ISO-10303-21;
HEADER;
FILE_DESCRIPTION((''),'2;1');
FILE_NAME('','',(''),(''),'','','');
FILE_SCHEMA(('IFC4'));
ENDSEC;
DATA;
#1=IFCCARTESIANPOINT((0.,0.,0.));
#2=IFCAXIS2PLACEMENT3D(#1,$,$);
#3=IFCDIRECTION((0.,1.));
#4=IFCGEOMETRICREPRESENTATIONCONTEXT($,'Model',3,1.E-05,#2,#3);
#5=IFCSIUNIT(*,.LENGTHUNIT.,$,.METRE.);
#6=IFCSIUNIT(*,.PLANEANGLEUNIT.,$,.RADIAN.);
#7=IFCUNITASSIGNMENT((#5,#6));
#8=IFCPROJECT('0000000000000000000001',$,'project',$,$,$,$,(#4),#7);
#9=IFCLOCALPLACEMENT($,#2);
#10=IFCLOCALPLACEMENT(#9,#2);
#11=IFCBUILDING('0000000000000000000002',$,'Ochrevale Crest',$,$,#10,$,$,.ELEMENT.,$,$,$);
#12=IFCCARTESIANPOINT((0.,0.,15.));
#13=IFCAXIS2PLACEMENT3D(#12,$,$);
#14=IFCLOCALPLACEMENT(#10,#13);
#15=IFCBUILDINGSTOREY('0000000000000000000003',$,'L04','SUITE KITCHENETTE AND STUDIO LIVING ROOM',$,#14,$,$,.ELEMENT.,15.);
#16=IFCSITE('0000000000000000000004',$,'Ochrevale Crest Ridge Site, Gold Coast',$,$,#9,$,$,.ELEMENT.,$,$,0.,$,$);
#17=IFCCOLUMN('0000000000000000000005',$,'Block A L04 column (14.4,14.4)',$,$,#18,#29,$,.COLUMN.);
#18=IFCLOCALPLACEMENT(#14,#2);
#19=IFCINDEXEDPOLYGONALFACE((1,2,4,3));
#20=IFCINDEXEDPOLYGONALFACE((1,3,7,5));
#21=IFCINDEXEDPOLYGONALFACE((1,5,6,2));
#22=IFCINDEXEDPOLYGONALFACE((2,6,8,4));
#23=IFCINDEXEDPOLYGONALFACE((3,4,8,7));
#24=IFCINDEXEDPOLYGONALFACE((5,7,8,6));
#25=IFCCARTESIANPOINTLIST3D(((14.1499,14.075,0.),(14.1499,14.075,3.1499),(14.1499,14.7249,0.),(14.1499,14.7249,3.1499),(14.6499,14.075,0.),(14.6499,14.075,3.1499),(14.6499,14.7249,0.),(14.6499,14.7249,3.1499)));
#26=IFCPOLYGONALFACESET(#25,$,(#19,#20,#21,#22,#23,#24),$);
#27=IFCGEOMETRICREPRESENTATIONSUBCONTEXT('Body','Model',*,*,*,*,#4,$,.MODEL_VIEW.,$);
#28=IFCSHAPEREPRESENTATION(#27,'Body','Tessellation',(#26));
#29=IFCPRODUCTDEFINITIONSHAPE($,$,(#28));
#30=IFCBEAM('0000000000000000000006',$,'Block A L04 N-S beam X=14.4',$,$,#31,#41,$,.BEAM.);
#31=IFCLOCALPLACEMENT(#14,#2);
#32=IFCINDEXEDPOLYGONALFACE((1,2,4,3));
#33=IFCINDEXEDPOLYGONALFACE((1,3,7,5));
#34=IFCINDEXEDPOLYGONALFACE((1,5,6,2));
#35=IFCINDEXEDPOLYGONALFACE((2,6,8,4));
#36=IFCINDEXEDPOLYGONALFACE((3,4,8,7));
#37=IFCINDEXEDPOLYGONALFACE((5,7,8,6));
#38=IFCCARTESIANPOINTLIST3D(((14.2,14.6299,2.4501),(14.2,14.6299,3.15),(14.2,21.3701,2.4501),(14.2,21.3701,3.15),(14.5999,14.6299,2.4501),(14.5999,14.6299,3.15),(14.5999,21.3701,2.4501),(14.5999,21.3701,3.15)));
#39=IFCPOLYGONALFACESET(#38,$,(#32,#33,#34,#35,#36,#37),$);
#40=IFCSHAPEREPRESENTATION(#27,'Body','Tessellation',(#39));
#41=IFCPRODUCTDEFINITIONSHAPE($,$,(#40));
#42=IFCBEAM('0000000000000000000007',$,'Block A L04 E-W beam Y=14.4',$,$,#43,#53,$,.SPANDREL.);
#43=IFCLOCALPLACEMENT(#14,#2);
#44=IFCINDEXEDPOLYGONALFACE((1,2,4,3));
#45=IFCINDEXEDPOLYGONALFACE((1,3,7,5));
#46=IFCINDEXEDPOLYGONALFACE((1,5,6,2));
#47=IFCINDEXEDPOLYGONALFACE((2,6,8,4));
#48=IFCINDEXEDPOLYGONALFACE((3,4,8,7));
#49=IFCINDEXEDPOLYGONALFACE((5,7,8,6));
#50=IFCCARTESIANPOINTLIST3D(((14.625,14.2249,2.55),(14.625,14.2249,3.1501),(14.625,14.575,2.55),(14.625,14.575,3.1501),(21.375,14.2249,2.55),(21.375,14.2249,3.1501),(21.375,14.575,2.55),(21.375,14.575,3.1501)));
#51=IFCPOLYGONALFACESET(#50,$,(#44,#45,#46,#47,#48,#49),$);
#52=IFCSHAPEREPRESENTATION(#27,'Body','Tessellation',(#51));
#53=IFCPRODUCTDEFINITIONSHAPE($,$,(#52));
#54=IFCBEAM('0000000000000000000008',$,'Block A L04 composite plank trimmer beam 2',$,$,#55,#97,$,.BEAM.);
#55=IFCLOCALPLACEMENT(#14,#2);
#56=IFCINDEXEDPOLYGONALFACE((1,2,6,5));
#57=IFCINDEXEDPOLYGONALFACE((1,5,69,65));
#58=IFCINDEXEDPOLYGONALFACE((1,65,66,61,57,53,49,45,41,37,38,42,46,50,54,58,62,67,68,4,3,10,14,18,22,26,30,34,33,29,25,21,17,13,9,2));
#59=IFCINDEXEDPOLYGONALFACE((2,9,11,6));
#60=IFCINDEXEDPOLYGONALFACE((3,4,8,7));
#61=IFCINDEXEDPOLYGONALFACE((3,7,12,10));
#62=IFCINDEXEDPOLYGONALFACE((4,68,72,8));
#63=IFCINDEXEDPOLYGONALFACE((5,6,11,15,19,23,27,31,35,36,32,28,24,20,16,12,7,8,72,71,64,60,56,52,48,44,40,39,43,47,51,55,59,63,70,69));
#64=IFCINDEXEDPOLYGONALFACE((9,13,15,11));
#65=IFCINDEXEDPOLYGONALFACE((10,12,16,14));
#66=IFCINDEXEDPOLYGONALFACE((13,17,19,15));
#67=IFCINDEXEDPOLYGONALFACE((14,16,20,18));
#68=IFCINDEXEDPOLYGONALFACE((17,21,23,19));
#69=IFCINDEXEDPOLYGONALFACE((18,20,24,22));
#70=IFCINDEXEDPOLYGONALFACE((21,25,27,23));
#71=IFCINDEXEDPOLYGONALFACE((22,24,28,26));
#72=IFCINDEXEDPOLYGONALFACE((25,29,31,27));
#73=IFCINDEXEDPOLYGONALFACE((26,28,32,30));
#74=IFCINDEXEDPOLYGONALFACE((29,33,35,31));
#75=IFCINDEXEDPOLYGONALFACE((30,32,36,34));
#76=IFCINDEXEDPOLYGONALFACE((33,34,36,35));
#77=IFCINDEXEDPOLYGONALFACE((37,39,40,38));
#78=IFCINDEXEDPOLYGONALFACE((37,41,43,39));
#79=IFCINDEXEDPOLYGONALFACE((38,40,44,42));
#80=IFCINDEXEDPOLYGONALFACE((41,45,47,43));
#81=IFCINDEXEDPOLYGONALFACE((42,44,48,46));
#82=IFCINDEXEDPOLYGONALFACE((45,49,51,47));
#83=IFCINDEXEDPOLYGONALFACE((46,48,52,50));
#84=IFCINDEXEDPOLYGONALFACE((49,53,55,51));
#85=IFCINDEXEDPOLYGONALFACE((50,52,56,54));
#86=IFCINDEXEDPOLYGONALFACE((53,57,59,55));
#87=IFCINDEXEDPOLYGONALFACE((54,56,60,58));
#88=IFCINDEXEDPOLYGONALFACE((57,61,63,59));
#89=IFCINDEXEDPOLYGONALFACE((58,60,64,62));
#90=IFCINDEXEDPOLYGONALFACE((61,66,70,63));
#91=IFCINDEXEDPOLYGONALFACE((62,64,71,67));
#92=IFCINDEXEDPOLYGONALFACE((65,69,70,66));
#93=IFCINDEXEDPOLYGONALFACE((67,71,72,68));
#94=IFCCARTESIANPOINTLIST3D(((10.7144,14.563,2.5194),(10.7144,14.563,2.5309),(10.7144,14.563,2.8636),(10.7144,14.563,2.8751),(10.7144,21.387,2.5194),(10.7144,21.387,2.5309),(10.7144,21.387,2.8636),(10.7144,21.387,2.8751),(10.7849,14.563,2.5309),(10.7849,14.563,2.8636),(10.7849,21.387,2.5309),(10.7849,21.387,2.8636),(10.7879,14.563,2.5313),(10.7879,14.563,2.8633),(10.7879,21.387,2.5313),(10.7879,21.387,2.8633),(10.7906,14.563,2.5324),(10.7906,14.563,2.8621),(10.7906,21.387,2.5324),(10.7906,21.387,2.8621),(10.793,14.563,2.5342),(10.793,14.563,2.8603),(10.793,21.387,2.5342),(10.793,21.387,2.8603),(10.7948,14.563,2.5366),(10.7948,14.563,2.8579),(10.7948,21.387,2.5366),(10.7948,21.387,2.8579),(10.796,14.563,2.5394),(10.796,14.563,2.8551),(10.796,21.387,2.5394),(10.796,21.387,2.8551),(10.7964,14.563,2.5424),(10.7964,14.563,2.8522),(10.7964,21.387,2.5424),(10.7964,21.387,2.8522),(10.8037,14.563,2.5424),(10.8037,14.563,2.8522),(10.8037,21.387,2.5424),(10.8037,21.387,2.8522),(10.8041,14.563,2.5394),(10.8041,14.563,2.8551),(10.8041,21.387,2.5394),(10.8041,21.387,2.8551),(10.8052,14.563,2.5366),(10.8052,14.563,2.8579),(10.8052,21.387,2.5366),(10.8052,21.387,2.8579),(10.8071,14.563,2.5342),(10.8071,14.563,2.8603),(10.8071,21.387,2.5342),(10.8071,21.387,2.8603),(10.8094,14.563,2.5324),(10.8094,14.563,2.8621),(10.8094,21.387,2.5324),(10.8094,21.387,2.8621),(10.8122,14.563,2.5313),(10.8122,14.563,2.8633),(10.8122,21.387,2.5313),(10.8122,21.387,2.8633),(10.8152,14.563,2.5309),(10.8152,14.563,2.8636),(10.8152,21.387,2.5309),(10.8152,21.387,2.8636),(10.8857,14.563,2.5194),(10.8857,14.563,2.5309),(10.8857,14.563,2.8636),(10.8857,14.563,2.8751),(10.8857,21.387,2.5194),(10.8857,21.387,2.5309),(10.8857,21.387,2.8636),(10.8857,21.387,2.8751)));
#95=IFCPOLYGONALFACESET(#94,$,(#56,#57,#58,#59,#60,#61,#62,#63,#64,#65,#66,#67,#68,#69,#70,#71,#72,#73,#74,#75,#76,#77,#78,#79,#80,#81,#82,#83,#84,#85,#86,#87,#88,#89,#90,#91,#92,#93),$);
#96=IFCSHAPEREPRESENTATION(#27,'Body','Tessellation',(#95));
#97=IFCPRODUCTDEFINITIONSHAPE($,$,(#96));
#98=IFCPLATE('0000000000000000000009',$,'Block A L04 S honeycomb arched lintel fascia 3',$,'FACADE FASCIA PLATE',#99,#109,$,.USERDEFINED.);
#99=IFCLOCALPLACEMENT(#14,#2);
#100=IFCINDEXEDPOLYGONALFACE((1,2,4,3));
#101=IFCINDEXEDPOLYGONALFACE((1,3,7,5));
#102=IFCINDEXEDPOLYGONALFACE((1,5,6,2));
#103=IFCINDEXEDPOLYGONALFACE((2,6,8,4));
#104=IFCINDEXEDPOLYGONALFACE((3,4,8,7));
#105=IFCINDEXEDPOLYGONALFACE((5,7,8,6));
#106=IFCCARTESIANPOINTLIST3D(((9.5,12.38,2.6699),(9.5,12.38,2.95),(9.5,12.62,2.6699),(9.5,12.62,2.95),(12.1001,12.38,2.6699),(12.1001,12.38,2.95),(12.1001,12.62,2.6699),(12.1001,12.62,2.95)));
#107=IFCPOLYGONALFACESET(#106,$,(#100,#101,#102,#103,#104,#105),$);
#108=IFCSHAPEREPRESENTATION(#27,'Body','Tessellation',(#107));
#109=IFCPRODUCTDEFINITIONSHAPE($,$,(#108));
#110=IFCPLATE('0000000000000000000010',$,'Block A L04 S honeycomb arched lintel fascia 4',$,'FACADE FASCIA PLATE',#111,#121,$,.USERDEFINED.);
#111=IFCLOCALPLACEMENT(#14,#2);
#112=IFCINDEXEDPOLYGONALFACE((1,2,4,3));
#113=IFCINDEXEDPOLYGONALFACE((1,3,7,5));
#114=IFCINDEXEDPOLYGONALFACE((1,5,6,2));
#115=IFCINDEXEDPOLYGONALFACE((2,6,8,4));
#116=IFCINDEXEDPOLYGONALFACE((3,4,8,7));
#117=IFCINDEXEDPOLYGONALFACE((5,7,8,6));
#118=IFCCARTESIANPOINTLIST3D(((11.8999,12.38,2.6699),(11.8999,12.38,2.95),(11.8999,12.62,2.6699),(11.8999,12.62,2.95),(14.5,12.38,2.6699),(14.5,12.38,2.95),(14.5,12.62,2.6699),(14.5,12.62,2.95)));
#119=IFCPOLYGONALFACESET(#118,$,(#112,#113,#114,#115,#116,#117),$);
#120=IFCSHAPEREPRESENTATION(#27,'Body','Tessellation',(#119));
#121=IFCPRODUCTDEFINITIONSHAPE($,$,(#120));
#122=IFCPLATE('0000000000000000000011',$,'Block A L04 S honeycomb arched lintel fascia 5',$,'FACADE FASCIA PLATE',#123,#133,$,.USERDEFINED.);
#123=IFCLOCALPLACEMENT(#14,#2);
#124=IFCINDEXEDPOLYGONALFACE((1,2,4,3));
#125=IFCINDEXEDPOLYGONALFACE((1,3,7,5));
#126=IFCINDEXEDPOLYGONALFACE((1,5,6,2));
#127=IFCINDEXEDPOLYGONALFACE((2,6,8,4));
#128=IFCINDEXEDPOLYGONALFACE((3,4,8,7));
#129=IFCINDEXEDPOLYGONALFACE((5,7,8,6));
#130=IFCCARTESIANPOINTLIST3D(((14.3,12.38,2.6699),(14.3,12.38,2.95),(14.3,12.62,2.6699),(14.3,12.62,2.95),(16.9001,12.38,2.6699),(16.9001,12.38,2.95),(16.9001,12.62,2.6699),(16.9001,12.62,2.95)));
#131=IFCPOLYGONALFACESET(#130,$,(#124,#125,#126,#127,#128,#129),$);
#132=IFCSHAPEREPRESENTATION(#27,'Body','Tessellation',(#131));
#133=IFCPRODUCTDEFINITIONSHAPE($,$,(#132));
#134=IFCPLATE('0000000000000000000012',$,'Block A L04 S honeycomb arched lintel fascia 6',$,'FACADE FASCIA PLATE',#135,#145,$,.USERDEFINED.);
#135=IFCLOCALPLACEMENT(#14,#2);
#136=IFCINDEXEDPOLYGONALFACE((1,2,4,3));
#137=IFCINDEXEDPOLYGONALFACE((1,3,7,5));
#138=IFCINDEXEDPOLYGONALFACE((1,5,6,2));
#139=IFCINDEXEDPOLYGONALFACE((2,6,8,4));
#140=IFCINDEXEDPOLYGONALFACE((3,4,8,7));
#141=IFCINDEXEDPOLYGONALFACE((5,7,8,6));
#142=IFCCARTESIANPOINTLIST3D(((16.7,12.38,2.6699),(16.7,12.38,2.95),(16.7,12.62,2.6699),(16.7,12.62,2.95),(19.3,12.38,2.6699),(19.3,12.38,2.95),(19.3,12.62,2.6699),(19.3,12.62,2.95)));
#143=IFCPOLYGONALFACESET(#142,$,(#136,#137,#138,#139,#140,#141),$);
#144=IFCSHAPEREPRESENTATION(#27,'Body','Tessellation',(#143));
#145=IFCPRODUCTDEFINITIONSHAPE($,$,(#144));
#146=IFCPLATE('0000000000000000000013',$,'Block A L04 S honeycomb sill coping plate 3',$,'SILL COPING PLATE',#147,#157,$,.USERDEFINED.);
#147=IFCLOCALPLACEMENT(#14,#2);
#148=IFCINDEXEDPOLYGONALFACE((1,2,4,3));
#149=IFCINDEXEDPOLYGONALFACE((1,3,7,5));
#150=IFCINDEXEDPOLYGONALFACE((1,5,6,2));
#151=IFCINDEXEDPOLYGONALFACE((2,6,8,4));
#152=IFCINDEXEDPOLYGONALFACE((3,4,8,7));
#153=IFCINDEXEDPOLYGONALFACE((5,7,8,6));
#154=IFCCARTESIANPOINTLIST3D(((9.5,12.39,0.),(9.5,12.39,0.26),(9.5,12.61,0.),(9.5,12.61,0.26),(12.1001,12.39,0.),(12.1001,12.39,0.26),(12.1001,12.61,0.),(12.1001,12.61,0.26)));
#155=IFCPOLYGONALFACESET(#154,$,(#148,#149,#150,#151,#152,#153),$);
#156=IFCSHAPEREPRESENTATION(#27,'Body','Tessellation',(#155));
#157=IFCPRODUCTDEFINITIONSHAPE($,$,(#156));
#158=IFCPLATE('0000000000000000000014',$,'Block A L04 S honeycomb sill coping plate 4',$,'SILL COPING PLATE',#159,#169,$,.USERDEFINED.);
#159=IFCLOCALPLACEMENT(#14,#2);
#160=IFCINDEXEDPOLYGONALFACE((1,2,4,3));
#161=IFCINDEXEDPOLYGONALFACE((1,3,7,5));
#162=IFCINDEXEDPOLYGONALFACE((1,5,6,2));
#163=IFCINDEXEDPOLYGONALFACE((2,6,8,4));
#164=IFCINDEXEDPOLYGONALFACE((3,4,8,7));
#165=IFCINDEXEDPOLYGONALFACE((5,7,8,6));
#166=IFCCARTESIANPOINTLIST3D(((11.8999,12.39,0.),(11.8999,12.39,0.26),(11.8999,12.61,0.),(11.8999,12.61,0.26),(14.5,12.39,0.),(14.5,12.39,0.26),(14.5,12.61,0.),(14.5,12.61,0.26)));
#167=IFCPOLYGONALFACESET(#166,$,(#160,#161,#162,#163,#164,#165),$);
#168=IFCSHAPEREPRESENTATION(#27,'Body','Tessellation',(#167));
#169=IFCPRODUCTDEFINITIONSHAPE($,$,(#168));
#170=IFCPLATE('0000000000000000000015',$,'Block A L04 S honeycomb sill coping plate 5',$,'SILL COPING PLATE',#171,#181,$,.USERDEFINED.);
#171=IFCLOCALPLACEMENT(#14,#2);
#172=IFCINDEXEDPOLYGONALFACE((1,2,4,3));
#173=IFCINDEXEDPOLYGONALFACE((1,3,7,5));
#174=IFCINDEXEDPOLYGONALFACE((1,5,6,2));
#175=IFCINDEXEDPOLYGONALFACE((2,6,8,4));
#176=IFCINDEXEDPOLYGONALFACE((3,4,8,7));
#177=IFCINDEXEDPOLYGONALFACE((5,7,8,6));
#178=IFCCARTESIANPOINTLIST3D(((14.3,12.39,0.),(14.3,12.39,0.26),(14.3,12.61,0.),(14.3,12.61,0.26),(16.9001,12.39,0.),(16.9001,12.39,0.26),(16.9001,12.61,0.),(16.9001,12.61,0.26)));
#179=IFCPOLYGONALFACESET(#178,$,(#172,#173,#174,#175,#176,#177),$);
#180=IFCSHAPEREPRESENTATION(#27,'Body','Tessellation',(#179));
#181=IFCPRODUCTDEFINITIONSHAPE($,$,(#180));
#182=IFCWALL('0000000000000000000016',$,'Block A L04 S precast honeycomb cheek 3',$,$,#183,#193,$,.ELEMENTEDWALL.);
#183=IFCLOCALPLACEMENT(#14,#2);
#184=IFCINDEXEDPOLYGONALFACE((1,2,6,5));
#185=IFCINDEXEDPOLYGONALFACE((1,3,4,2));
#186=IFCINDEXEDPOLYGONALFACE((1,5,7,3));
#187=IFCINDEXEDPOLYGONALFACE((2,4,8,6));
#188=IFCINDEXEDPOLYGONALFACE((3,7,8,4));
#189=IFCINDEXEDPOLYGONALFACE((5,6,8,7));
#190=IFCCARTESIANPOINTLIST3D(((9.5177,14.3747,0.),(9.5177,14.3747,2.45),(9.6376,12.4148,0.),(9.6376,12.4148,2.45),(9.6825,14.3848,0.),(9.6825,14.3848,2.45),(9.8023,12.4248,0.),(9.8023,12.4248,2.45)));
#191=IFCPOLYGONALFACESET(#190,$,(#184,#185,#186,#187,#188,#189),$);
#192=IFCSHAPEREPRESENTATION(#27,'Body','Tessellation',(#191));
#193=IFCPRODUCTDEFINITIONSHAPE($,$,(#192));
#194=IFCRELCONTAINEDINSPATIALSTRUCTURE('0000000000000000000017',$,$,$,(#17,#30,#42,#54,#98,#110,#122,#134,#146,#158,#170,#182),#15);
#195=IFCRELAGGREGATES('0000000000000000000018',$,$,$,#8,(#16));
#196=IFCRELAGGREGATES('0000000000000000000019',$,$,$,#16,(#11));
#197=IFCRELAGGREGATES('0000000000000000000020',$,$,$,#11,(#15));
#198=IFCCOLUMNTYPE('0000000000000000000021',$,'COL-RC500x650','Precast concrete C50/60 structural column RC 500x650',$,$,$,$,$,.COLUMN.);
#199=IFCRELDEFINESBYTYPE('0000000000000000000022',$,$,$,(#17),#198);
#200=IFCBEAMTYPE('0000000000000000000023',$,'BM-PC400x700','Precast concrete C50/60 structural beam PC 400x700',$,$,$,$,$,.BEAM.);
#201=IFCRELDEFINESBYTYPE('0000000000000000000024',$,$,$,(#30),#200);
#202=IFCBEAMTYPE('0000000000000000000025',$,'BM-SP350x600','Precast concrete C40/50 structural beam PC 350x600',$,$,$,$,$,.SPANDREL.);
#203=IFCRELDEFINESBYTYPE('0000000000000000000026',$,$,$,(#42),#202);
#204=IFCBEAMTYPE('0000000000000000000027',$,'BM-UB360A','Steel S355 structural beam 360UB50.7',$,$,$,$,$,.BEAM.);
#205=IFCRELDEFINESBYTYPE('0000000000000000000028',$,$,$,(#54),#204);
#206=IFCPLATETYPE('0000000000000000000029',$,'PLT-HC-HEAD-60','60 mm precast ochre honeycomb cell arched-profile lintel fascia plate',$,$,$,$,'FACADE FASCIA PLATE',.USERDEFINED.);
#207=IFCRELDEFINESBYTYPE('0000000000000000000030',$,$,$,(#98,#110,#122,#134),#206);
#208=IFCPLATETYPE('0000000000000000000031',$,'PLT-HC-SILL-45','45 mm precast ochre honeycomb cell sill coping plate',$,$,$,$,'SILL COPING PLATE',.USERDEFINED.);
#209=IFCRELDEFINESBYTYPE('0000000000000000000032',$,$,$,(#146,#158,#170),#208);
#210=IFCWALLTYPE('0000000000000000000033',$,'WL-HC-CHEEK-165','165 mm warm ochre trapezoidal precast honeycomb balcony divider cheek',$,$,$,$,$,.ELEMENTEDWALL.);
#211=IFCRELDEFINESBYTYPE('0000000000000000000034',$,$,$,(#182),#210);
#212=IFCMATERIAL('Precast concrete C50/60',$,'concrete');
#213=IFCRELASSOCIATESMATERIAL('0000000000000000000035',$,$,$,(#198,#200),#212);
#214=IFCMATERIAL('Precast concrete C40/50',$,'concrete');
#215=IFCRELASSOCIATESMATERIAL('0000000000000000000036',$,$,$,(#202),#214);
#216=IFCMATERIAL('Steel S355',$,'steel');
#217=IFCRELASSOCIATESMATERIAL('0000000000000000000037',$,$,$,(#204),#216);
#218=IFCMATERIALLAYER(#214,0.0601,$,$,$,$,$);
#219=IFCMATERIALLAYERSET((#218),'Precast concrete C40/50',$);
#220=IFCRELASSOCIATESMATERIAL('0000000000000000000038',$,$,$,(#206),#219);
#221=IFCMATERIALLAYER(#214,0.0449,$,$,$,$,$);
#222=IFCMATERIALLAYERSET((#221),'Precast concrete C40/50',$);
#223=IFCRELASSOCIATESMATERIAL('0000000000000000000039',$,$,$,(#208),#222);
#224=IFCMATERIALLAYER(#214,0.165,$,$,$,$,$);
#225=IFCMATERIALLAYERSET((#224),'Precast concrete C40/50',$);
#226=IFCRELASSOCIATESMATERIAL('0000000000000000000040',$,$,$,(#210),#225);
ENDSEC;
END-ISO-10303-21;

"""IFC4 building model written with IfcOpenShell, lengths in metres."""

from ifc_helpers import new_model, si_unit, direction, frame, frame_2d, origin, origin_2d, place, context, subcontext, project, spatial, rectangle, i_section, extrude, material, layer, layer_set, material_profile, profile_set, type_object, element, save


model = new_model("IFC4")

# Units and contexts
model_context = context("Model", 3, precision=1e-05, world=origin(), true_north=direction((0.0, 1.0)))
body_context = subcontext(model_context, "Body", "Model", "MODEL_VIEW")
ifc_project = project(units=[si_unit("LENGTHUNIT", "METRE"), si_unit("PLANEANGLEUNIT", "RADIAN")], contexts=[model_context])

# Site, building, storey
site_placement = place(None, origin())
site = spatial("IfcSite", under=ifc_project, at=site_placement, Name="Ochrevale Crest Ridge Site, Gold Coast", CompositionType="ELEMENT", RefElevation=0.0)
building_placement = place(site_placement, origin())
building = spatial("IfcBuilding", under=site, at=building_placement, Name="Ochrevale Crest", CompositionType="ELEMENT")
storey_placement = place(building_placement, frame((0.0, 0.0, 15.0)))
storey = spatial("IfcBuildingStorey", under=building, at=storey_placement, Name="L04", Description="SUITE KITCHENETTE AND STUDIO LIVING ROOM", CompositionType="ELEMENT", Elevation=15.0)

# Column
ifc_material_1 = material(Name="Precast concrete C50/60", Category="concrete")
ifc_material_profile_1 = material_profile(ifc_material_1, rectangle(XDim=0.5, YDim=0.6499, at=origin_2d()), Name="RC 500x650")
ifc_profile_set_1 = profile_set([ifc_material_profile_1], Name="Precast concrete C50/60")
column_type = type_object("IfcColumnType", Name="COL-RC500x650", Description="Precast concrete C50/60 structural column RC 500x650", PredefinedType="COLUMN", material=ifc_profile_set_1)
column_placement = place(storey_placement, frame((14.3999, 14.3999, 0.0), z_axis=(0.0, 0.0, 1.0), x_axis=(1.0, 0.0, 0.0)))
element("IfcColumn", 1, at=column_placement, inside=storey, type_object=column_type, Name="Block A L04 column (14.4,14.4)", PredefinedType="COLUMN", context=body_context, shape_type="SweptSolid", body=[
    extrude(rectangle(XDim=0.5, YDim=0.6499, at=origin_2d()), origin(), (0.0, 0.0, 1.0), 3.1499),
])

# Beams
ifc_material_profile_2 = material_profile(ifc_material_1, rectangle(XDim=0.3999, YDim=0.7, at=origin_2d()), Name="PC 400x700")
ifc_profile_set_2 = profile_set([ifc_material_profile_2], Name="Precast concrete C50/60")
beam_type_1 = type_object("IfcBeamType", Name="BM-PC400x700", Description="Precast concrete C50/60 structural beam PC 400x700", PredefinedType="BEAM", material=ifc_profile_set_2)
beam_1_placement = place(storey_placement, frame((14.3999, 14.6299, 2.8), z_axis=(0.0, 1.0, 0.0), x_axis=(-1.0, 0.0, 0.0)))
element("IfcBeam", 2, at=beam_1_placement, inside=storey, type_object=beam_type_1, Name="Block A L04 N-S beam X=14.4", PredefinedType="BEAM", context=body_context, shape_type="SweptSolid", body=[
    extrude(rectangle(XDim=0.3999, YDim=0.7, at=origin_2d()), origin(), (0.0, 0.0, 1.0), 6.7402),
])
ifc_material_2 = material(Name="Precast concrete C40/50", Category="concrete")
ifc_material_profile_3 = material_profile(ifc_material_2, rectangle(XDim=0.3501, YDim=0.6001, at=origin_2d()), Name="PC 350x600")
ifc_profile_set_3 = profile_set([ifc_material_profile_3], Name="Precast concrete C40/50")
beam_type_2 = type_object("IfcBeamType", Name="BM-SP350x600", Description="Precast concrete C40/50 structural beam PC 350x600", PredefinedType="SPANDREL", material=ifc_profile_set_3)
beam_2_placement = place(storey_placement, frame((14.625, 14.3999, 2.8501), z_axis=(1.0, 0.0, 0.0), x_axis=(0.0, 1.0, 0.0)))
element("IfcBeam", 3, at=beam_2_placement, inside=storey, type_object=beam_type_2, Name="Block A L04 E-W beam Y=14.4", PredefinedType="SPANDREL", context=body_context, shape_type="SweptSolid", body=[
    extrude(rectangle(XDim=0.3501, YDim=0.6001, at=origin_2d()), origin(), (0.0, 0.0, 1.0), 6.75),
])
ifc_material_3 = material(Name="Steel S355", Category="steel")
ifc_material_profile_4 = material_profile(ifc_material_3, i_section(OverallWidth=0.1714, OverallDepth=0.3557, WebThickness=0.0073, FlangeThickness=0.0115, FilletRadius=0.0115, at=origin_2d()), Name="360UB50.7")
ifc_profile_set_4 = profile_set([ifc_material_profile_4], Name="Steel S355")
beam_type_3 = type_object("IfcBeamType", Name="BM-UB360A", Description="Steel S355 structural beam 360UB50.7", PredefinedType="BEAM", material=ifc_profile_set_4)
beam_3_placement = place(storey_placement, frame((10.8, 14.563, 2.6973), z_axis=(0.0, 1.0, 0.0), x_axis=(-1.0, 0.0, 0.0)))
element("IfcBeam", 4, at=beam_3_placement, inside=storey, type_object=beam_type_3, Name="Block A L04 composite plank trimmer beam 2", PredefinedType="BEAM", context=body_context, shape_type="SweptSolid", body=[
    extrude(i_section(OverallWidth=0.1714, OverallDepth=0.3557, WebThickness=0.0073, FlangeThickness=0.0115, FilletRadius=0.0115, at=origin_2d()), origin(), (0.0, 0.0, 1.0), 6.824),
])

# Plates
ifc_layer_1 = layer(ifc_material_2, 0.0601)
ifc_layer_set_1 = layer_set([ifc_layer_1], Name="Precast concrete C40/50")
plate_type_1 = type_object("IfcPlateType", Name="PLT-HC-HEAD-60", Description="60 mm precast ochre honeycomb cell arched-profile lintel fascia plate", ElementType="FACADE FASCIA PLATE", PredefinedType="USERDEFINED", material=ifc_layer_set_1)
for number, where, z_axis, x_axis, name in (
    (5, (10.8, 12.5, 2.6699), (0.0, 0.0, 1.0), (1.0, 0.0, 0.0), "Block A L04 S honeycomb arched lintel fascia 3"),
    (6, (13.2, 12.5, 2.6699), (0.0, 0.0, 1.0), (1.0, 0.0, 0.0), "Block A L04 S honeycomb arched lintel fascia 4"),
    (7, (15.6001, 12.5, 2.6699), (0.0, 0.0, 1.0), (1.0, 0.0, 0.0), "Block A L04 S honeycomb arched lintel fascia 5"),
    (8, (18.0, 12.5, 2.6699), (0.0, 0.0, 1.0), (1.0, 0.0, 0.0), "Block A L04 S honeycomb arched lintel fascia 6"),
):
    element("IfcPlate", number, at=place(storey_placement, frame(where, z_axis=z_axis, x_axis=x_axis)), inside=storey, type_object=plate_type_1, Name=name, ObjectType="FACADE FASCIA PLATE", PredefinedType="USERDEFINED", context=body_context, shape_type="SweptSolid", body=[
        extrude(rectangle(XDim=2.6001, YDim=0.24, at=origin_2d()), origin(), (0.0, 0.0, 1.0), 0.28),
    ])
ifc_layer_2 = layer(ifc_material_2, 0.0449)
ifc_layer_set_2 = layer_set([ifc_layer_2], Name="Precast concrete C40/50")
plate_type_2 = type_object("IfcPlateType", Name="PLT-HC-SILL-45", Description="45 mm precast ochre honeycomb cell sill coping plate", ElementType="SILL COPING PLATE", PredefinedType="USERDEFINED", material=ifc_layer_set_2)
for number, where, z_axis, x_axis, name in (
    (9, (10.8, 12.5, 0.0), (0.0, 0.0, 1.0), (1.0, 0.0, 0.0), "Block A L04 S honeycomb sill coping plate 3"),
    (10, (13.2, 12.5, 0.0), (0.0, 0.0, 1.0), (1.0, 0.0, 0.0), "Block A L04 S honeycomb sill coping plate 4"),
    (11, (15.6001, 12.5, 0.0), (0.0, 0.0, 1.0), (1.0, 0.0, 0.0), "Block A L04 S honeycomb sill coping plate 5"),
):
    element("IfcPlate", number, at=place(storey_placement, frame(where, z_axis=z_axis, x_axis=x_axis)), inside=storey, type_object=plate_type_2, Name=name, ObjectType="SILL COPING PLATE", PredefinedType="USERDEFINED", context=body_context, shape_type="SweptSolid", body=[
        extrude(rectangle(XDim=2.6001, YDim=0.22, at=origin_2d()), origin(), (0.0, 0.0, 1.0), 0.26),
    ])

# Wall
ifc_layer_3 = layer(ifc_material_2, 0.165)
ifc_layer_set_3 = layer_set([ifc_layer_3], Name="Precast concrete C40/50")
wall_type_1 = type_object("IfcWallType", Name="WL-HC-CHEEK-165", Description="165 mm warm ochre trapezoidal precast honeycomb balcony divider cheek", PredefinedType="ELEMENTEDWALL", material=ifc_layer_set_3)
for number, where, z_axis, x_axis, name in (
    (12, (9.6001, 14.3799, 0.0), (0.0, 0.0, 1.0), (0.061047, -0.998135, 0.0), "Block A L04 S precast honeycomb cheek 3"),
):
    element("IfcWall", number, at=place(storey_placement, frame(where, z_axis=z_axis, x_axis=x_axis)), inside=storey, type_object=wall_type_1, Name=name, PredefinedType="ELEMENTEDWALL", context=body_context, shape_type="SweptSolid", body=[
        extrude(rectangle(XDim=1.9636, YDim=0.165, at=frame_2d((0.9819, 0.0))), origin(), (0.0, 0.0, 1.0), 2.45),
    ])

save(model, "model.ifc")
